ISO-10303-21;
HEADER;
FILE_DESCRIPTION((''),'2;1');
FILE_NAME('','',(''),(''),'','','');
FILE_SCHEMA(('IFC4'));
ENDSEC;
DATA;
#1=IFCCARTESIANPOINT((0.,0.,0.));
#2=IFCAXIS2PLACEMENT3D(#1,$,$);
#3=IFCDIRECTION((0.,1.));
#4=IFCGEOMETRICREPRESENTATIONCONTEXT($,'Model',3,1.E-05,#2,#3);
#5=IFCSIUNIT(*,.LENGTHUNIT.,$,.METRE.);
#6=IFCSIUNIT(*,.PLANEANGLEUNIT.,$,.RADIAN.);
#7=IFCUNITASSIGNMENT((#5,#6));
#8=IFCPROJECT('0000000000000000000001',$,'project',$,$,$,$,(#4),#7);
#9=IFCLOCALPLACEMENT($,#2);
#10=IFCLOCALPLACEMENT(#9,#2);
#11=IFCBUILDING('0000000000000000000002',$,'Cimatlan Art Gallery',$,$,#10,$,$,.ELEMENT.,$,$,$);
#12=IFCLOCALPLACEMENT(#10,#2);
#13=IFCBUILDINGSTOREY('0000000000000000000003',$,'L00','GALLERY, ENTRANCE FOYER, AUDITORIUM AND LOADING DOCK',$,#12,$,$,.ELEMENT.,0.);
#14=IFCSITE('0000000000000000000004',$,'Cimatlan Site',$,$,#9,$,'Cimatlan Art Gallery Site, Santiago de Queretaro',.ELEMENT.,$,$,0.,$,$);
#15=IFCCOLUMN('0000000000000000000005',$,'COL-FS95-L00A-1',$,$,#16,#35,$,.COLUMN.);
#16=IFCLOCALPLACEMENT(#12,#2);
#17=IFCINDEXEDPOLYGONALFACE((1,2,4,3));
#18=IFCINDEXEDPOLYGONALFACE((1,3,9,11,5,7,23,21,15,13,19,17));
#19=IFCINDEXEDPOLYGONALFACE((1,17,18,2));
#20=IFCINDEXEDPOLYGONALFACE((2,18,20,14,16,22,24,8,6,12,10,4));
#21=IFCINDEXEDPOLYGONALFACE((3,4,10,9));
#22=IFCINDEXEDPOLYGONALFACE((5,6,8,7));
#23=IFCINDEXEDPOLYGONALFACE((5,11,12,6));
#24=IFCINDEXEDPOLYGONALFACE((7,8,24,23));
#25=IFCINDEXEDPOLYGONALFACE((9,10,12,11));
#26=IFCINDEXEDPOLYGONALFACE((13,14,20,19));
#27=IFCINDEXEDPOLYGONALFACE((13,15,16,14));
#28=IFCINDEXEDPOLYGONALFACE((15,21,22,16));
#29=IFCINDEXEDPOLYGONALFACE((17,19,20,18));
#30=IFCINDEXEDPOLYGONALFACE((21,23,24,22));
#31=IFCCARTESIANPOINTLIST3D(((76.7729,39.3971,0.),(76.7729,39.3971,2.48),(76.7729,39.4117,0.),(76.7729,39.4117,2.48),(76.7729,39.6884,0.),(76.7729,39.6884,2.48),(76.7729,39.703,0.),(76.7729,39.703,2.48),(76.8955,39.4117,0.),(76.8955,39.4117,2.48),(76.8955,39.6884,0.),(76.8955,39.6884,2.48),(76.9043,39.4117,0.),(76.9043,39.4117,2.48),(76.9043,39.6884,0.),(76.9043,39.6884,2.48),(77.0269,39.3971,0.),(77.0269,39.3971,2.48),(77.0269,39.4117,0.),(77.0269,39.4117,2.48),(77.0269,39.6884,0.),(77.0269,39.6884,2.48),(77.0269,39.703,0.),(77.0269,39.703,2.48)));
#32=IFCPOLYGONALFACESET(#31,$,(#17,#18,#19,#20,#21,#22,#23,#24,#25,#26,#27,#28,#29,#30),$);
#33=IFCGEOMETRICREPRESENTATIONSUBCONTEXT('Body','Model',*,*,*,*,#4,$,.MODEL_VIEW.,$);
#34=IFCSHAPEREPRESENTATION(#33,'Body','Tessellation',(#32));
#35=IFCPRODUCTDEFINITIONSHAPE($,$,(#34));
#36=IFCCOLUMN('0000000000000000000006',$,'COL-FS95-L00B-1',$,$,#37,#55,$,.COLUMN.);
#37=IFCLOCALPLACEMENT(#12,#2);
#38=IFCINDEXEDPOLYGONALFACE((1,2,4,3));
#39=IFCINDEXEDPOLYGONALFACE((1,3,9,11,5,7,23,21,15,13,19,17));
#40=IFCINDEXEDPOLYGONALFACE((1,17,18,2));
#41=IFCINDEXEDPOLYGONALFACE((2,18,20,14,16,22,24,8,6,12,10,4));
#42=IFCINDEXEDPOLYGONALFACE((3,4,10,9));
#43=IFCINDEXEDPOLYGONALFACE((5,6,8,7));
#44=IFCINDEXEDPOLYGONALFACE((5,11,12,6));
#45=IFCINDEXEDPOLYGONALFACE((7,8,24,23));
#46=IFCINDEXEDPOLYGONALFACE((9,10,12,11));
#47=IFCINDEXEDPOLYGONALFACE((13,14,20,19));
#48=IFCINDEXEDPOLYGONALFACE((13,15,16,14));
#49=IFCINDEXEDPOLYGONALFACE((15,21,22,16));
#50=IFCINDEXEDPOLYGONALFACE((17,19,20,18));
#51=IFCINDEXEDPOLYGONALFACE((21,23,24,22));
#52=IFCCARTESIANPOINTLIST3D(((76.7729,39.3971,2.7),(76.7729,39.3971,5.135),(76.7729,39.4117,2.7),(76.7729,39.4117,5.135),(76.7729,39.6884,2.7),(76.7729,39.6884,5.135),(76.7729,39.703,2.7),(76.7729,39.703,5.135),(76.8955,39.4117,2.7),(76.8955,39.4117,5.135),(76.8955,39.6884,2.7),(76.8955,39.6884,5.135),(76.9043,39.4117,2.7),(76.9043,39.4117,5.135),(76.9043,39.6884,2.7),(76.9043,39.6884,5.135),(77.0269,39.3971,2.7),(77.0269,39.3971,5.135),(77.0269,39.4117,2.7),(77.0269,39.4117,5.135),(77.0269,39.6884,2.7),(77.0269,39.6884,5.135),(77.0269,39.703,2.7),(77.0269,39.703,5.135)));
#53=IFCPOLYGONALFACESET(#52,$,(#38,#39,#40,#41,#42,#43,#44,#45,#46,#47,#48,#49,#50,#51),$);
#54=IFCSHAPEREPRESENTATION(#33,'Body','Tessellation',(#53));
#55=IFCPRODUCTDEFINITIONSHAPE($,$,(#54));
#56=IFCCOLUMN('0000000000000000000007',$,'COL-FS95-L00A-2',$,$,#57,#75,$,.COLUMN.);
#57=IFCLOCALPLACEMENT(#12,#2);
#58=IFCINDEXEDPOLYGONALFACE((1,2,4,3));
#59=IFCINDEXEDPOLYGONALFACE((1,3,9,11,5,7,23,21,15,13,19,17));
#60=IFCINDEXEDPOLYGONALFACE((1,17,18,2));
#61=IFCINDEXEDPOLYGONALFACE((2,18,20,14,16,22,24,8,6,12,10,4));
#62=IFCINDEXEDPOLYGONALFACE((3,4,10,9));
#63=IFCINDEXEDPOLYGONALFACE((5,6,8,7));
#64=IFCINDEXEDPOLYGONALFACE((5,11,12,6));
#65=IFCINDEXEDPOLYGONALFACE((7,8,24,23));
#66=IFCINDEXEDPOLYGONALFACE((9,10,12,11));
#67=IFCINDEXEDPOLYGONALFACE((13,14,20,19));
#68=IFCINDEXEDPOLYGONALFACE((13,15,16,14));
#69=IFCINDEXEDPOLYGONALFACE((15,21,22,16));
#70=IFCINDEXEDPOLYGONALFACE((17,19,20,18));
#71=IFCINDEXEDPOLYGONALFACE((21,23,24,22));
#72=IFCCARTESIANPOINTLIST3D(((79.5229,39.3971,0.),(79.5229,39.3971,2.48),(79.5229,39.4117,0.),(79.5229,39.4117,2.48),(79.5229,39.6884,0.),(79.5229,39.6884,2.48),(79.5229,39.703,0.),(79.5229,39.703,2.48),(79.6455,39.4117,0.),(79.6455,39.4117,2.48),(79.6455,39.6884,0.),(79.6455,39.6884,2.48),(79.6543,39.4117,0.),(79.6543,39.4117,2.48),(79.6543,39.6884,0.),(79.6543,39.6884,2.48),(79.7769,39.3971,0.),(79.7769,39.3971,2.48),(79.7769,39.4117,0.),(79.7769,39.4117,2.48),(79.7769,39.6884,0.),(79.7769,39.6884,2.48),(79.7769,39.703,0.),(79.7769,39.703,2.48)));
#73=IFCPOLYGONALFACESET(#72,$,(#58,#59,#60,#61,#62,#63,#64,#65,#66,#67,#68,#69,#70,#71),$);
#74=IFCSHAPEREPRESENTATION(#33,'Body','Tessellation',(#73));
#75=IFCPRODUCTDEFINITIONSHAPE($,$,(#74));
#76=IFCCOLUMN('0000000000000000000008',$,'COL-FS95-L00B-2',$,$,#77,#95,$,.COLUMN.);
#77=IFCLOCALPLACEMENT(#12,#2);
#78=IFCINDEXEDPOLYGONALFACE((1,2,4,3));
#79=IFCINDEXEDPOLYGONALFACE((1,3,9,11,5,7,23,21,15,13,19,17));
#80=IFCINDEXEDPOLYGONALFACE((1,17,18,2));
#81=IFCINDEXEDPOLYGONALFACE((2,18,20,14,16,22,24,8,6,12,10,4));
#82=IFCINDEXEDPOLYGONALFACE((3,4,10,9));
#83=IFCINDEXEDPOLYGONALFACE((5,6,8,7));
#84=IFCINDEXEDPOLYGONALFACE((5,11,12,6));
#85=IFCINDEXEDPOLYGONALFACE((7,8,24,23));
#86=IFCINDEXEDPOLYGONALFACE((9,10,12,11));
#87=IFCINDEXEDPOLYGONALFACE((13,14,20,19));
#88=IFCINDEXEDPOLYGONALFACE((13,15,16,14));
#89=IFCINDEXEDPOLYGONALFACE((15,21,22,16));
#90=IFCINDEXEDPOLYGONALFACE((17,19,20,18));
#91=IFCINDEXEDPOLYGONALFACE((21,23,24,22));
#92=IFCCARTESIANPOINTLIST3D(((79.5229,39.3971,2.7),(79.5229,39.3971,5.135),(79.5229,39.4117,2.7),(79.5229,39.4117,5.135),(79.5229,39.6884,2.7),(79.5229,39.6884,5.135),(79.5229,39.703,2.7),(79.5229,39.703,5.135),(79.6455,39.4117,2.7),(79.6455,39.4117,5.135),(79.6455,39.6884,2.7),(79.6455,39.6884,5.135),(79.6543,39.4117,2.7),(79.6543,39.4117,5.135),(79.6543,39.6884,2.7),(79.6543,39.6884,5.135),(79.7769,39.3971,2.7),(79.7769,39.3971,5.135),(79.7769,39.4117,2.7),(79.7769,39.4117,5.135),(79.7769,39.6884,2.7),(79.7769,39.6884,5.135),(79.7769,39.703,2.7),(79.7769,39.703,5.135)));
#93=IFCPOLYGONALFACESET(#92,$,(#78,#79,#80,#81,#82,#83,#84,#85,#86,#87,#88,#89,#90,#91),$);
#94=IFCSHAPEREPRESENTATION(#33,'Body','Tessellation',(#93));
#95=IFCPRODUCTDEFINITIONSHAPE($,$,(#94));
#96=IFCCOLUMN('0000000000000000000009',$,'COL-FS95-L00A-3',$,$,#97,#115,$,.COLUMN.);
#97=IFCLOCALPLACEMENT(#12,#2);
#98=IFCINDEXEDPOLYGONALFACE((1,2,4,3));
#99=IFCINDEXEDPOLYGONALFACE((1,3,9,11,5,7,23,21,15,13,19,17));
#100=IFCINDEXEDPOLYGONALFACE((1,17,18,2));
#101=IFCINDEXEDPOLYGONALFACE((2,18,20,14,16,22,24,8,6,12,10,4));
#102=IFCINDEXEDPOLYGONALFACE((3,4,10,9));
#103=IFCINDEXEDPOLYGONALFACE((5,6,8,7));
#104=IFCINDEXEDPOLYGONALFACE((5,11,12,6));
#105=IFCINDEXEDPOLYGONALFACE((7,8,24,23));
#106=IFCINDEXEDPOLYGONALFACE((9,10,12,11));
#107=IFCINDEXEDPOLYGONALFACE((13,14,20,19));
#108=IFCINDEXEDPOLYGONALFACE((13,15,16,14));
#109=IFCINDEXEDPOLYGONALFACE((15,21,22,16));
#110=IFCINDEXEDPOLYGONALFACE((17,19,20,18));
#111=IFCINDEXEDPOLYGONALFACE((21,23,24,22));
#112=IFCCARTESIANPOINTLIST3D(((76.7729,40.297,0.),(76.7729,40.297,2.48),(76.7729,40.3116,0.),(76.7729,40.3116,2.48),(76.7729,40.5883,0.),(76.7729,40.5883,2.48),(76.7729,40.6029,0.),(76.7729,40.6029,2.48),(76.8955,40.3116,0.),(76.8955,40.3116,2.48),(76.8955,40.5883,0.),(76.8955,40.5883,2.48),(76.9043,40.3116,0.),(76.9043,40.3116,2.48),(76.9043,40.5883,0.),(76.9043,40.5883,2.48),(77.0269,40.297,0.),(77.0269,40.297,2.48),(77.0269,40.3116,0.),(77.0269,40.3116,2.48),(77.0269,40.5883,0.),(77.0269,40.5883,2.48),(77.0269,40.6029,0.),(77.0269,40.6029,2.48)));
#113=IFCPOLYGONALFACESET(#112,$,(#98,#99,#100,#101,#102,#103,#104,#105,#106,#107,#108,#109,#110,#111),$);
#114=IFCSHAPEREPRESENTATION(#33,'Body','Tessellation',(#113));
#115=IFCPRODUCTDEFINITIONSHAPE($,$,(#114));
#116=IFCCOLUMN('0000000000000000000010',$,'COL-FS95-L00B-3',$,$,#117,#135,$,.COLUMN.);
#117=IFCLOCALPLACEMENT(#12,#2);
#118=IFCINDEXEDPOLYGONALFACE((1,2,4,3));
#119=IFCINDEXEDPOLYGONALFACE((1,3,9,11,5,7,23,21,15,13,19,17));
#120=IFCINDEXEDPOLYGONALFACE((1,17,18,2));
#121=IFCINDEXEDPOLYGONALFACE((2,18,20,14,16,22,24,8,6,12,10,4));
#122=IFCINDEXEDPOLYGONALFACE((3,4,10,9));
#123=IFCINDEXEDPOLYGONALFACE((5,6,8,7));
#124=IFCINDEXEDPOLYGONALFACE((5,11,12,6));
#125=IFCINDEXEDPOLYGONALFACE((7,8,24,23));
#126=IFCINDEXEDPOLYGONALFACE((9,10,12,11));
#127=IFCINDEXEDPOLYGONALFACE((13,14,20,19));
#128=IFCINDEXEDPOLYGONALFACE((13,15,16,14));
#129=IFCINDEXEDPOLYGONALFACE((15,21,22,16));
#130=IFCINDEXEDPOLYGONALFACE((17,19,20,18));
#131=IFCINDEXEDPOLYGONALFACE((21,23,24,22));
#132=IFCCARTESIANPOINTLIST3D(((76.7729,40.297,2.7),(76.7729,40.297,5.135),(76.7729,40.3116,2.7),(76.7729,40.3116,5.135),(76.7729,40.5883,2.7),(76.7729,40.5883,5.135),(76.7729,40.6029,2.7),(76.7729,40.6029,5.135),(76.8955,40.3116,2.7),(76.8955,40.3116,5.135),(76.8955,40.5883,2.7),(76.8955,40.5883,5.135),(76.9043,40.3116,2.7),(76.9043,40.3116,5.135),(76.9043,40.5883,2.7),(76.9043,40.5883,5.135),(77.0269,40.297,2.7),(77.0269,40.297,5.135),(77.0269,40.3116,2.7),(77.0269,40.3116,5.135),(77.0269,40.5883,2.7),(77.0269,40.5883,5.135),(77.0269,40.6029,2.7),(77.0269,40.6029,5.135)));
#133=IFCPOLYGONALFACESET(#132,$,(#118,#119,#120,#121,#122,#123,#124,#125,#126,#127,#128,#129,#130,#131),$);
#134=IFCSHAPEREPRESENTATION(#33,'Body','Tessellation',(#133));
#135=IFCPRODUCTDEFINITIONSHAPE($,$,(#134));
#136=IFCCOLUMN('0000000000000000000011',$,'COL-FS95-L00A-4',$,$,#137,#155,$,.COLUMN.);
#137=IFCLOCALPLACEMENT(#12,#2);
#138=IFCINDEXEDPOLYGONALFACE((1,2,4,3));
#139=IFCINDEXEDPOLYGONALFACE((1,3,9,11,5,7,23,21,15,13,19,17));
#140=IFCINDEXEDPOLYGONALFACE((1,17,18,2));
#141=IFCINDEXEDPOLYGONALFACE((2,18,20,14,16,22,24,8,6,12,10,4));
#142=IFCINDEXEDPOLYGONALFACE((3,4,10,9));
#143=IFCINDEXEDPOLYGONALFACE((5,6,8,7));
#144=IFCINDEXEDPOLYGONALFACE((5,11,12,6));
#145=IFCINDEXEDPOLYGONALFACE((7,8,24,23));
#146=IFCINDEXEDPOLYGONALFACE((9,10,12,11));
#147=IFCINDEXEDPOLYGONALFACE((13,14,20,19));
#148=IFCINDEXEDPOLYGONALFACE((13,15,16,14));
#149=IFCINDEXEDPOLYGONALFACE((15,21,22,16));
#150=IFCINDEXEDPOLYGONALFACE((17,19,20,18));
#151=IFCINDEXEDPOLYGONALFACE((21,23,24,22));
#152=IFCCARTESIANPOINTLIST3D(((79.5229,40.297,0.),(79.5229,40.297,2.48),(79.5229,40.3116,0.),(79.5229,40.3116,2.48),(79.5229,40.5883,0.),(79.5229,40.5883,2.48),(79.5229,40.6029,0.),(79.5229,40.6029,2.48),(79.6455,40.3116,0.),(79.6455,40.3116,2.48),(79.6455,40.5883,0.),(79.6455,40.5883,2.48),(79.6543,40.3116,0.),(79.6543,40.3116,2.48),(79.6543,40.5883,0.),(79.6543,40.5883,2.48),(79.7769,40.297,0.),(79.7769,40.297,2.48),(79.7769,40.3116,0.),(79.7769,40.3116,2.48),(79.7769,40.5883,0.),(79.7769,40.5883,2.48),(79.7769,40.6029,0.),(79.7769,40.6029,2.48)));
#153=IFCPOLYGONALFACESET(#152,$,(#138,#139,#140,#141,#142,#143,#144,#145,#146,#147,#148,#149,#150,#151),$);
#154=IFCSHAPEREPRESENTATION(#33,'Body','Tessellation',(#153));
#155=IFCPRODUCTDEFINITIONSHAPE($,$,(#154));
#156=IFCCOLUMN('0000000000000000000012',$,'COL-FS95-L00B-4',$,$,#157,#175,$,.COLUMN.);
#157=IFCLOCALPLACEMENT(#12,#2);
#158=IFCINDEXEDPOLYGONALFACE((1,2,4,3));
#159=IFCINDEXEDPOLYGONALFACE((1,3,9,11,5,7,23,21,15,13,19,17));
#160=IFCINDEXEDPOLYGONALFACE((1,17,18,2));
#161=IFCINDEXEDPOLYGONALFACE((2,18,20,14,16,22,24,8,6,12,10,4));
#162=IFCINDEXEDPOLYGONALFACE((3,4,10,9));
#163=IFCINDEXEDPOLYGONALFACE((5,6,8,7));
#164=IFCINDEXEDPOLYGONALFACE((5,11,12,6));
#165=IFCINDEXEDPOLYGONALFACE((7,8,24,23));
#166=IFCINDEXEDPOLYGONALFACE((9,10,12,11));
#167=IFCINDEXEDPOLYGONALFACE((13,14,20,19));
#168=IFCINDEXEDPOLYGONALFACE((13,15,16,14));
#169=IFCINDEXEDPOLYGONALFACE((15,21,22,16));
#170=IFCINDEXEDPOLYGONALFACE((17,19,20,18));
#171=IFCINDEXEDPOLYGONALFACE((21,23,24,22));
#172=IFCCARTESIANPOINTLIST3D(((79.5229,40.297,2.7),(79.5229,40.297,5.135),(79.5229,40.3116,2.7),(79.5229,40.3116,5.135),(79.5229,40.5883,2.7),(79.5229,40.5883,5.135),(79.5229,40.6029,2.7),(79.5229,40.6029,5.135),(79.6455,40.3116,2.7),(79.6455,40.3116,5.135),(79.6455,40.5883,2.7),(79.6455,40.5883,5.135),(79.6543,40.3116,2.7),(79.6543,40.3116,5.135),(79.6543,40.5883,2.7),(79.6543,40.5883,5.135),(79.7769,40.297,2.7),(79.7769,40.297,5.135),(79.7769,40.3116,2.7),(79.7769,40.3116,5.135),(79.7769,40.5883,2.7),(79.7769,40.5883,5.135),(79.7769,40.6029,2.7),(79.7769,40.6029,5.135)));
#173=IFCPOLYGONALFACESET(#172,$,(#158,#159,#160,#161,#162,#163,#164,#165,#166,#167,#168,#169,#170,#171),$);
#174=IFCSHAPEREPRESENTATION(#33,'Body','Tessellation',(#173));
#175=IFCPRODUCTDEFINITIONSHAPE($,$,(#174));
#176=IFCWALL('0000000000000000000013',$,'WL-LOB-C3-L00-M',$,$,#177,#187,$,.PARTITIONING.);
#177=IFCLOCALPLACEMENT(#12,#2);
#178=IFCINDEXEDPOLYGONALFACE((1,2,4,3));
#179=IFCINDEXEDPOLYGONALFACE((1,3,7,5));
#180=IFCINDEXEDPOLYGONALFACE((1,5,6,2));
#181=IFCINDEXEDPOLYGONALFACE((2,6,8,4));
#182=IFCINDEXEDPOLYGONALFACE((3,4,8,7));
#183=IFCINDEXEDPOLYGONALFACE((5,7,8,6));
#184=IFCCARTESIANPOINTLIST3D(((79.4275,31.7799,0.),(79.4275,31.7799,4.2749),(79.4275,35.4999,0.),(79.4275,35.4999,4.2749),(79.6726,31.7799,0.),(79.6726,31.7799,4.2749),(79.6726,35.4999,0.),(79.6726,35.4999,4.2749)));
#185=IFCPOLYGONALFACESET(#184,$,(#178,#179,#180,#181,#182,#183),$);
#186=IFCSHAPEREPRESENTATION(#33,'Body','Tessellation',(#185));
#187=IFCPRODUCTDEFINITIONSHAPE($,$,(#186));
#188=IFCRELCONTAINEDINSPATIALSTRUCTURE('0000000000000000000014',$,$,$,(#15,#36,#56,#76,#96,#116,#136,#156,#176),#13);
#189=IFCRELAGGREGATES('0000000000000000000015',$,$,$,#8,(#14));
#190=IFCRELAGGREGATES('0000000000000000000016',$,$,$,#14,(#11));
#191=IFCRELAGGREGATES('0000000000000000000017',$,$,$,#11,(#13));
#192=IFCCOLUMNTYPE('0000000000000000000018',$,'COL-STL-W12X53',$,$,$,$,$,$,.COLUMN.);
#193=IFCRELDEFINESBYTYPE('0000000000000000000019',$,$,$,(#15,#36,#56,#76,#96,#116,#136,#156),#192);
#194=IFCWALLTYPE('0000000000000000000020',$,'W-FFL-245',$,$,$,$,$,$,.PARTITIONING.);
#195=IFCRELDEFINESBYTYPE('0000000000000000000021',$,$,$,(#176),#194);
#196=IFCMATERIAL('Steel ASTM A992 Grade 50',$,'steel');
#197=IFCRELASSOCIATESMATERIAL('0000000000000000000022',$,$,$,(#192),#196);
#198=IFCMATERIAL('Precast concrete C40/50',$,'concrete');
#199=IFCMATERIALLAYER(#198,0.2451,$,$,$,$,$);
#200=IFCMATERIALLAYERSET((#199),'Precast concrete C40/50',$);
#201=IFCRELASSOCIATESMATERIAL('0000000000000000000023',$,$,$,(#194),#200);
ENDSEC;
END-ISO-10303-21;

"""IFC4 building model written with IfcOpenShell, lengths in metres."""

from ifc_helpers import new_model, si_unit, direction, frame, frame_2d, origin, origin_2d, place, context, subcontext, project, spatial, rectangle, i_section, extrude, material, layer, layer_set, material_profile, profile_set, type_object, element, save


model = new_model("IFC4")

# Units and contexts
model_context = context("Model", 3, precision=1e-05, world=origin(), true_north=direction((0.0, 1.0)))
body_context = subcontext(model_context, "Body", "Model", "MODEL_VIEW")
ifc_project = project(units=[si_unit("LENGTHUNIT", "METRE"), si_unit("PLANEANGLEUNIT", "RADIAN")], contexts=[model_context])

# Site, building, storey
site_placement = place(None, origin())
site = spatial("IfcSite", under=ifc_project, at=site_placement, Name="Cimatlan Site", LongName="Cimatlan Art Gallery Site, Santiago de Queretaro", CompositionType="ELEMENT", RefElevation=0.0)
building_placement = place(site_placement, origin())
building = spatial("IfcBuilding", under=site, at=building_placement, Name="Cimatlan Art Gallery", CompositionType="ELEMENT")
storey_placement = place(building_placement, origin())
storey = spatial("IfcBuildingStorey", under=building, at=storey_placement, Name="L00", Description="GALLERY, ENTRANCE FOYER, AUDITORIUM AND LOADING DOCK", CompositionType="ELEMENT", Elevation=0.0)

# Columns
ifc_material_1 = material(Name="Steel ASTM A992 Grade 50", Category="steel")
ifc_material_profile = material_profile(ifc_material_1, i_section(OverallWidth=0.2539, OverallDepth=0.3059, WebThickness=0.0088, FlangeThickness=0.0146, at=origin_2d()), Name="W12X53")
ifc_profile_set = profile_set([ifc_material_profile], Name="Steel ASTM A992 Grade 50")
column_type = type_object("IfcColumnType", Name="COL-STL-W12X53", PredefinedType="COLUMN", material=ifc_profile_set)
column_1_placement = place(storey_placement, frame((76.8999, 39.55, 0.0), z_axis=(0.0, 0.0, 1.0), x_axis=(1.0, 0.0, 0.0)))
element("IfcColumn", 1, at=column_1_placement, inside=storey, type_object=column_type, Name="COL-FS95-L00A-1", PredefinedType="COLUMN", context=body_context, shape_type="SweptSolid", body=[
    extrude(i_section(OverallWidth=0.2539, OverallDepth=0.3059, WebThickness=0.0088, FlangeThickness=0.0146, at=origin_2d()), origin(), (0.0, 0.0, 1.0), 2.48),
])
column_2_placement = place(storey_placement, frame((76.8999, 39.55, 2.7), z_axis=(0.0, 0.0, 1.0), x_axis=(1.0, 0.0, 0.0)))
element("IfcColumn", 2, at=column_2_placement, inside=storey, type_object=column_type, Name="COL-FS95-L00B-1", PredefinedType="COLUMN", context=body_context, shape_type="SweptSolid", body=[
    extrude(i_section(OverallWidth=0.2539, OverallDepth=0.3059, WebThickness=0.0088, FlangeThickness=0.0146, at=origin_2d()), origin(), (0.0, 0.0, 1.0), 2.4351),
])
column_3_placement = place(storey_placement, frame((79.6499, 39.55, 0.0), z_axis=(0.0, 0.0, 1.0), x_axis=(1.0, 0.0, 0.0)))
element("IfcColumn", 3, at=column_3_placement, inside=storey, type_object=column_type, Name="COL-FS95-L00A-2", PredefinedType="COLUMN", context=body_context, shape_type="SweptSolid", body=[
    extrude(i_section(OverallWidth=0.2539, OverallDepth=0.3059, WebThickness=0.0088, FlangeThickness=0.0146, at=origin_2d()), origin(), (0.0, 0.0, 1.0), 2.48),
])
column_4_placement = place(storey_placement, frame((79.6499, 39.55, 2.7), z_axis=(0.0, 0.0, 1.0), x_axis=(1.0, 0.0, 0.0)))
element("IfcColumn", 4, at=column_4_placement, inside=storey, type_object=column_type, Name="COL-FS95-L00B-2", PredefinedType="COLUMN", context=body_context, shape_type="SweptSolid", body=[
    extrude(i_section(OverallWidth=0.2539, OverallDepth=0.3059, WebThickness=0.0088, FlangeThickness=0.0146, at=origin_2d()), origin(), (0.0, 0.0, 1.0), 2.4351),
])
column_5_placement = place(storey_placement, frame((76.8999, 40.45, 0.0), z_axis=(0.0, 0.0, 1.0), x_axis=(1.0, 0.0, 0.0)))
element("IfcColumn", 5, at=column_5_placement, inside=storey, type_object=column_type, Name="COL-FS95-L00A-3", PredefinedType="COLUMN", context=body_context, shape_type="SweptSolid", body=[
    extrude(i_section(OverallWidth=0.2539, OverallDepth=0.3059, WebThickness=0.0088, FlangeThickness=0.0146, at=origin_2d()), origin(), (0.0, 0.0, 1.0), 2.48),
])
column_6_placement = place(storey_placement, frame((76.8999, 40.45, 2.7), z_axis=(0.0, 0.0, 1.0), x_axis=(1.0, 0.0, 0.0)))
element("IfcColumn", 6, at=column_6_placement, inside=storey, type_object=column_type, Name="COL-FS95-L00B-3", PredefinedType="COLUMN", context=body_context, shape_type="SweptSolid", body=[
    extrude(i_section(OverallWidth=0.2539, OverallDepth=0.3059, WebThickness=0.0088, FlangeThickness=0.0146, at=origin_2d()), origin(), (0.0, 0.0, 1.0), 2.4351),
])
column_7_placement = place(storey_placement, frame((79.6499, 40.45, 0.0), z_axis=(0.0, 0.0, 1.0), x_axis=(1.0, 0.0, 0.0)))
element("IfcColumn", 7, at=column_7_placement, inside=storey, type_object=column_type, Name="COL-FS95-L00A-4", PredefinedType="COLUMN", context=body_context, shape_type="SweptSolid", body=[
    extrude(i_section(OverallWidth=0.2539, OverallDepth=0.3059, WebThickness=0.0088, FlangeThickness=0.0146, at=origin_2d()), origin(), (0.0, 0.0, 1.0), 2.48),
])
column_8_placement = place(storey_placement, frame((79.6499, 40.45, 2.7), z_axis=(0.0, 0.0, 1.0), x_axis=(1.0, 0.0, 0.0)))
element("IfcColumn", 8, at=column_8_placement, inside=storey, type_object=column_type, Name="COL-FS95-L00B-4", PredefinedType="COLUMN", context=body_context, shape_type="SweptSolid", body=[
    extrude(i_section(OverallWidth=0.2539, OverallDepth=0.3059, WebThickness=0.0088, FlangeThickness=0.0146, at=origin_2d()), origin(), (0.0, 0.0, 1.0), 2.4351),
])

# Wall
ifc_material_2 = material(Name="Precast concrete C40/50", Category="concrete")
ifc_layer_1 = layer(ifc_material_2, 0.2451)
ifc_layer_set_1 = layer_set([ifc_layer_1], Name="Precast concrete C40/50")
wall_type_1 = type_object("IfcWallType", Name="W-FFL-245", PredefinedType="PARTITIONING", material=ifc_layer_set_1)
wall_1_placement = place(storey_placement, frame((79.55, 31.78, 0.0), z_axis=(0.0, 0.0, 1.0), x_axis=(0.0, 1.0, 0.0)))
element("IfcWall", 9, at=wall_1_placement, inside=storey, type_object=wall_type_1, Name="WL-LOB-C3-L00-M", PredefinedType="PARTITIONING", context=body_context, shape_type="SweptSolid", body=[
    extrude(rectangle(XDim=3.72, YDim=0.2451, at=frame_2d((1.8599, 0.0))), origin(), (0.0, 0.0, 1.0), 4.2749),
])

save(model, "model.ifc")
